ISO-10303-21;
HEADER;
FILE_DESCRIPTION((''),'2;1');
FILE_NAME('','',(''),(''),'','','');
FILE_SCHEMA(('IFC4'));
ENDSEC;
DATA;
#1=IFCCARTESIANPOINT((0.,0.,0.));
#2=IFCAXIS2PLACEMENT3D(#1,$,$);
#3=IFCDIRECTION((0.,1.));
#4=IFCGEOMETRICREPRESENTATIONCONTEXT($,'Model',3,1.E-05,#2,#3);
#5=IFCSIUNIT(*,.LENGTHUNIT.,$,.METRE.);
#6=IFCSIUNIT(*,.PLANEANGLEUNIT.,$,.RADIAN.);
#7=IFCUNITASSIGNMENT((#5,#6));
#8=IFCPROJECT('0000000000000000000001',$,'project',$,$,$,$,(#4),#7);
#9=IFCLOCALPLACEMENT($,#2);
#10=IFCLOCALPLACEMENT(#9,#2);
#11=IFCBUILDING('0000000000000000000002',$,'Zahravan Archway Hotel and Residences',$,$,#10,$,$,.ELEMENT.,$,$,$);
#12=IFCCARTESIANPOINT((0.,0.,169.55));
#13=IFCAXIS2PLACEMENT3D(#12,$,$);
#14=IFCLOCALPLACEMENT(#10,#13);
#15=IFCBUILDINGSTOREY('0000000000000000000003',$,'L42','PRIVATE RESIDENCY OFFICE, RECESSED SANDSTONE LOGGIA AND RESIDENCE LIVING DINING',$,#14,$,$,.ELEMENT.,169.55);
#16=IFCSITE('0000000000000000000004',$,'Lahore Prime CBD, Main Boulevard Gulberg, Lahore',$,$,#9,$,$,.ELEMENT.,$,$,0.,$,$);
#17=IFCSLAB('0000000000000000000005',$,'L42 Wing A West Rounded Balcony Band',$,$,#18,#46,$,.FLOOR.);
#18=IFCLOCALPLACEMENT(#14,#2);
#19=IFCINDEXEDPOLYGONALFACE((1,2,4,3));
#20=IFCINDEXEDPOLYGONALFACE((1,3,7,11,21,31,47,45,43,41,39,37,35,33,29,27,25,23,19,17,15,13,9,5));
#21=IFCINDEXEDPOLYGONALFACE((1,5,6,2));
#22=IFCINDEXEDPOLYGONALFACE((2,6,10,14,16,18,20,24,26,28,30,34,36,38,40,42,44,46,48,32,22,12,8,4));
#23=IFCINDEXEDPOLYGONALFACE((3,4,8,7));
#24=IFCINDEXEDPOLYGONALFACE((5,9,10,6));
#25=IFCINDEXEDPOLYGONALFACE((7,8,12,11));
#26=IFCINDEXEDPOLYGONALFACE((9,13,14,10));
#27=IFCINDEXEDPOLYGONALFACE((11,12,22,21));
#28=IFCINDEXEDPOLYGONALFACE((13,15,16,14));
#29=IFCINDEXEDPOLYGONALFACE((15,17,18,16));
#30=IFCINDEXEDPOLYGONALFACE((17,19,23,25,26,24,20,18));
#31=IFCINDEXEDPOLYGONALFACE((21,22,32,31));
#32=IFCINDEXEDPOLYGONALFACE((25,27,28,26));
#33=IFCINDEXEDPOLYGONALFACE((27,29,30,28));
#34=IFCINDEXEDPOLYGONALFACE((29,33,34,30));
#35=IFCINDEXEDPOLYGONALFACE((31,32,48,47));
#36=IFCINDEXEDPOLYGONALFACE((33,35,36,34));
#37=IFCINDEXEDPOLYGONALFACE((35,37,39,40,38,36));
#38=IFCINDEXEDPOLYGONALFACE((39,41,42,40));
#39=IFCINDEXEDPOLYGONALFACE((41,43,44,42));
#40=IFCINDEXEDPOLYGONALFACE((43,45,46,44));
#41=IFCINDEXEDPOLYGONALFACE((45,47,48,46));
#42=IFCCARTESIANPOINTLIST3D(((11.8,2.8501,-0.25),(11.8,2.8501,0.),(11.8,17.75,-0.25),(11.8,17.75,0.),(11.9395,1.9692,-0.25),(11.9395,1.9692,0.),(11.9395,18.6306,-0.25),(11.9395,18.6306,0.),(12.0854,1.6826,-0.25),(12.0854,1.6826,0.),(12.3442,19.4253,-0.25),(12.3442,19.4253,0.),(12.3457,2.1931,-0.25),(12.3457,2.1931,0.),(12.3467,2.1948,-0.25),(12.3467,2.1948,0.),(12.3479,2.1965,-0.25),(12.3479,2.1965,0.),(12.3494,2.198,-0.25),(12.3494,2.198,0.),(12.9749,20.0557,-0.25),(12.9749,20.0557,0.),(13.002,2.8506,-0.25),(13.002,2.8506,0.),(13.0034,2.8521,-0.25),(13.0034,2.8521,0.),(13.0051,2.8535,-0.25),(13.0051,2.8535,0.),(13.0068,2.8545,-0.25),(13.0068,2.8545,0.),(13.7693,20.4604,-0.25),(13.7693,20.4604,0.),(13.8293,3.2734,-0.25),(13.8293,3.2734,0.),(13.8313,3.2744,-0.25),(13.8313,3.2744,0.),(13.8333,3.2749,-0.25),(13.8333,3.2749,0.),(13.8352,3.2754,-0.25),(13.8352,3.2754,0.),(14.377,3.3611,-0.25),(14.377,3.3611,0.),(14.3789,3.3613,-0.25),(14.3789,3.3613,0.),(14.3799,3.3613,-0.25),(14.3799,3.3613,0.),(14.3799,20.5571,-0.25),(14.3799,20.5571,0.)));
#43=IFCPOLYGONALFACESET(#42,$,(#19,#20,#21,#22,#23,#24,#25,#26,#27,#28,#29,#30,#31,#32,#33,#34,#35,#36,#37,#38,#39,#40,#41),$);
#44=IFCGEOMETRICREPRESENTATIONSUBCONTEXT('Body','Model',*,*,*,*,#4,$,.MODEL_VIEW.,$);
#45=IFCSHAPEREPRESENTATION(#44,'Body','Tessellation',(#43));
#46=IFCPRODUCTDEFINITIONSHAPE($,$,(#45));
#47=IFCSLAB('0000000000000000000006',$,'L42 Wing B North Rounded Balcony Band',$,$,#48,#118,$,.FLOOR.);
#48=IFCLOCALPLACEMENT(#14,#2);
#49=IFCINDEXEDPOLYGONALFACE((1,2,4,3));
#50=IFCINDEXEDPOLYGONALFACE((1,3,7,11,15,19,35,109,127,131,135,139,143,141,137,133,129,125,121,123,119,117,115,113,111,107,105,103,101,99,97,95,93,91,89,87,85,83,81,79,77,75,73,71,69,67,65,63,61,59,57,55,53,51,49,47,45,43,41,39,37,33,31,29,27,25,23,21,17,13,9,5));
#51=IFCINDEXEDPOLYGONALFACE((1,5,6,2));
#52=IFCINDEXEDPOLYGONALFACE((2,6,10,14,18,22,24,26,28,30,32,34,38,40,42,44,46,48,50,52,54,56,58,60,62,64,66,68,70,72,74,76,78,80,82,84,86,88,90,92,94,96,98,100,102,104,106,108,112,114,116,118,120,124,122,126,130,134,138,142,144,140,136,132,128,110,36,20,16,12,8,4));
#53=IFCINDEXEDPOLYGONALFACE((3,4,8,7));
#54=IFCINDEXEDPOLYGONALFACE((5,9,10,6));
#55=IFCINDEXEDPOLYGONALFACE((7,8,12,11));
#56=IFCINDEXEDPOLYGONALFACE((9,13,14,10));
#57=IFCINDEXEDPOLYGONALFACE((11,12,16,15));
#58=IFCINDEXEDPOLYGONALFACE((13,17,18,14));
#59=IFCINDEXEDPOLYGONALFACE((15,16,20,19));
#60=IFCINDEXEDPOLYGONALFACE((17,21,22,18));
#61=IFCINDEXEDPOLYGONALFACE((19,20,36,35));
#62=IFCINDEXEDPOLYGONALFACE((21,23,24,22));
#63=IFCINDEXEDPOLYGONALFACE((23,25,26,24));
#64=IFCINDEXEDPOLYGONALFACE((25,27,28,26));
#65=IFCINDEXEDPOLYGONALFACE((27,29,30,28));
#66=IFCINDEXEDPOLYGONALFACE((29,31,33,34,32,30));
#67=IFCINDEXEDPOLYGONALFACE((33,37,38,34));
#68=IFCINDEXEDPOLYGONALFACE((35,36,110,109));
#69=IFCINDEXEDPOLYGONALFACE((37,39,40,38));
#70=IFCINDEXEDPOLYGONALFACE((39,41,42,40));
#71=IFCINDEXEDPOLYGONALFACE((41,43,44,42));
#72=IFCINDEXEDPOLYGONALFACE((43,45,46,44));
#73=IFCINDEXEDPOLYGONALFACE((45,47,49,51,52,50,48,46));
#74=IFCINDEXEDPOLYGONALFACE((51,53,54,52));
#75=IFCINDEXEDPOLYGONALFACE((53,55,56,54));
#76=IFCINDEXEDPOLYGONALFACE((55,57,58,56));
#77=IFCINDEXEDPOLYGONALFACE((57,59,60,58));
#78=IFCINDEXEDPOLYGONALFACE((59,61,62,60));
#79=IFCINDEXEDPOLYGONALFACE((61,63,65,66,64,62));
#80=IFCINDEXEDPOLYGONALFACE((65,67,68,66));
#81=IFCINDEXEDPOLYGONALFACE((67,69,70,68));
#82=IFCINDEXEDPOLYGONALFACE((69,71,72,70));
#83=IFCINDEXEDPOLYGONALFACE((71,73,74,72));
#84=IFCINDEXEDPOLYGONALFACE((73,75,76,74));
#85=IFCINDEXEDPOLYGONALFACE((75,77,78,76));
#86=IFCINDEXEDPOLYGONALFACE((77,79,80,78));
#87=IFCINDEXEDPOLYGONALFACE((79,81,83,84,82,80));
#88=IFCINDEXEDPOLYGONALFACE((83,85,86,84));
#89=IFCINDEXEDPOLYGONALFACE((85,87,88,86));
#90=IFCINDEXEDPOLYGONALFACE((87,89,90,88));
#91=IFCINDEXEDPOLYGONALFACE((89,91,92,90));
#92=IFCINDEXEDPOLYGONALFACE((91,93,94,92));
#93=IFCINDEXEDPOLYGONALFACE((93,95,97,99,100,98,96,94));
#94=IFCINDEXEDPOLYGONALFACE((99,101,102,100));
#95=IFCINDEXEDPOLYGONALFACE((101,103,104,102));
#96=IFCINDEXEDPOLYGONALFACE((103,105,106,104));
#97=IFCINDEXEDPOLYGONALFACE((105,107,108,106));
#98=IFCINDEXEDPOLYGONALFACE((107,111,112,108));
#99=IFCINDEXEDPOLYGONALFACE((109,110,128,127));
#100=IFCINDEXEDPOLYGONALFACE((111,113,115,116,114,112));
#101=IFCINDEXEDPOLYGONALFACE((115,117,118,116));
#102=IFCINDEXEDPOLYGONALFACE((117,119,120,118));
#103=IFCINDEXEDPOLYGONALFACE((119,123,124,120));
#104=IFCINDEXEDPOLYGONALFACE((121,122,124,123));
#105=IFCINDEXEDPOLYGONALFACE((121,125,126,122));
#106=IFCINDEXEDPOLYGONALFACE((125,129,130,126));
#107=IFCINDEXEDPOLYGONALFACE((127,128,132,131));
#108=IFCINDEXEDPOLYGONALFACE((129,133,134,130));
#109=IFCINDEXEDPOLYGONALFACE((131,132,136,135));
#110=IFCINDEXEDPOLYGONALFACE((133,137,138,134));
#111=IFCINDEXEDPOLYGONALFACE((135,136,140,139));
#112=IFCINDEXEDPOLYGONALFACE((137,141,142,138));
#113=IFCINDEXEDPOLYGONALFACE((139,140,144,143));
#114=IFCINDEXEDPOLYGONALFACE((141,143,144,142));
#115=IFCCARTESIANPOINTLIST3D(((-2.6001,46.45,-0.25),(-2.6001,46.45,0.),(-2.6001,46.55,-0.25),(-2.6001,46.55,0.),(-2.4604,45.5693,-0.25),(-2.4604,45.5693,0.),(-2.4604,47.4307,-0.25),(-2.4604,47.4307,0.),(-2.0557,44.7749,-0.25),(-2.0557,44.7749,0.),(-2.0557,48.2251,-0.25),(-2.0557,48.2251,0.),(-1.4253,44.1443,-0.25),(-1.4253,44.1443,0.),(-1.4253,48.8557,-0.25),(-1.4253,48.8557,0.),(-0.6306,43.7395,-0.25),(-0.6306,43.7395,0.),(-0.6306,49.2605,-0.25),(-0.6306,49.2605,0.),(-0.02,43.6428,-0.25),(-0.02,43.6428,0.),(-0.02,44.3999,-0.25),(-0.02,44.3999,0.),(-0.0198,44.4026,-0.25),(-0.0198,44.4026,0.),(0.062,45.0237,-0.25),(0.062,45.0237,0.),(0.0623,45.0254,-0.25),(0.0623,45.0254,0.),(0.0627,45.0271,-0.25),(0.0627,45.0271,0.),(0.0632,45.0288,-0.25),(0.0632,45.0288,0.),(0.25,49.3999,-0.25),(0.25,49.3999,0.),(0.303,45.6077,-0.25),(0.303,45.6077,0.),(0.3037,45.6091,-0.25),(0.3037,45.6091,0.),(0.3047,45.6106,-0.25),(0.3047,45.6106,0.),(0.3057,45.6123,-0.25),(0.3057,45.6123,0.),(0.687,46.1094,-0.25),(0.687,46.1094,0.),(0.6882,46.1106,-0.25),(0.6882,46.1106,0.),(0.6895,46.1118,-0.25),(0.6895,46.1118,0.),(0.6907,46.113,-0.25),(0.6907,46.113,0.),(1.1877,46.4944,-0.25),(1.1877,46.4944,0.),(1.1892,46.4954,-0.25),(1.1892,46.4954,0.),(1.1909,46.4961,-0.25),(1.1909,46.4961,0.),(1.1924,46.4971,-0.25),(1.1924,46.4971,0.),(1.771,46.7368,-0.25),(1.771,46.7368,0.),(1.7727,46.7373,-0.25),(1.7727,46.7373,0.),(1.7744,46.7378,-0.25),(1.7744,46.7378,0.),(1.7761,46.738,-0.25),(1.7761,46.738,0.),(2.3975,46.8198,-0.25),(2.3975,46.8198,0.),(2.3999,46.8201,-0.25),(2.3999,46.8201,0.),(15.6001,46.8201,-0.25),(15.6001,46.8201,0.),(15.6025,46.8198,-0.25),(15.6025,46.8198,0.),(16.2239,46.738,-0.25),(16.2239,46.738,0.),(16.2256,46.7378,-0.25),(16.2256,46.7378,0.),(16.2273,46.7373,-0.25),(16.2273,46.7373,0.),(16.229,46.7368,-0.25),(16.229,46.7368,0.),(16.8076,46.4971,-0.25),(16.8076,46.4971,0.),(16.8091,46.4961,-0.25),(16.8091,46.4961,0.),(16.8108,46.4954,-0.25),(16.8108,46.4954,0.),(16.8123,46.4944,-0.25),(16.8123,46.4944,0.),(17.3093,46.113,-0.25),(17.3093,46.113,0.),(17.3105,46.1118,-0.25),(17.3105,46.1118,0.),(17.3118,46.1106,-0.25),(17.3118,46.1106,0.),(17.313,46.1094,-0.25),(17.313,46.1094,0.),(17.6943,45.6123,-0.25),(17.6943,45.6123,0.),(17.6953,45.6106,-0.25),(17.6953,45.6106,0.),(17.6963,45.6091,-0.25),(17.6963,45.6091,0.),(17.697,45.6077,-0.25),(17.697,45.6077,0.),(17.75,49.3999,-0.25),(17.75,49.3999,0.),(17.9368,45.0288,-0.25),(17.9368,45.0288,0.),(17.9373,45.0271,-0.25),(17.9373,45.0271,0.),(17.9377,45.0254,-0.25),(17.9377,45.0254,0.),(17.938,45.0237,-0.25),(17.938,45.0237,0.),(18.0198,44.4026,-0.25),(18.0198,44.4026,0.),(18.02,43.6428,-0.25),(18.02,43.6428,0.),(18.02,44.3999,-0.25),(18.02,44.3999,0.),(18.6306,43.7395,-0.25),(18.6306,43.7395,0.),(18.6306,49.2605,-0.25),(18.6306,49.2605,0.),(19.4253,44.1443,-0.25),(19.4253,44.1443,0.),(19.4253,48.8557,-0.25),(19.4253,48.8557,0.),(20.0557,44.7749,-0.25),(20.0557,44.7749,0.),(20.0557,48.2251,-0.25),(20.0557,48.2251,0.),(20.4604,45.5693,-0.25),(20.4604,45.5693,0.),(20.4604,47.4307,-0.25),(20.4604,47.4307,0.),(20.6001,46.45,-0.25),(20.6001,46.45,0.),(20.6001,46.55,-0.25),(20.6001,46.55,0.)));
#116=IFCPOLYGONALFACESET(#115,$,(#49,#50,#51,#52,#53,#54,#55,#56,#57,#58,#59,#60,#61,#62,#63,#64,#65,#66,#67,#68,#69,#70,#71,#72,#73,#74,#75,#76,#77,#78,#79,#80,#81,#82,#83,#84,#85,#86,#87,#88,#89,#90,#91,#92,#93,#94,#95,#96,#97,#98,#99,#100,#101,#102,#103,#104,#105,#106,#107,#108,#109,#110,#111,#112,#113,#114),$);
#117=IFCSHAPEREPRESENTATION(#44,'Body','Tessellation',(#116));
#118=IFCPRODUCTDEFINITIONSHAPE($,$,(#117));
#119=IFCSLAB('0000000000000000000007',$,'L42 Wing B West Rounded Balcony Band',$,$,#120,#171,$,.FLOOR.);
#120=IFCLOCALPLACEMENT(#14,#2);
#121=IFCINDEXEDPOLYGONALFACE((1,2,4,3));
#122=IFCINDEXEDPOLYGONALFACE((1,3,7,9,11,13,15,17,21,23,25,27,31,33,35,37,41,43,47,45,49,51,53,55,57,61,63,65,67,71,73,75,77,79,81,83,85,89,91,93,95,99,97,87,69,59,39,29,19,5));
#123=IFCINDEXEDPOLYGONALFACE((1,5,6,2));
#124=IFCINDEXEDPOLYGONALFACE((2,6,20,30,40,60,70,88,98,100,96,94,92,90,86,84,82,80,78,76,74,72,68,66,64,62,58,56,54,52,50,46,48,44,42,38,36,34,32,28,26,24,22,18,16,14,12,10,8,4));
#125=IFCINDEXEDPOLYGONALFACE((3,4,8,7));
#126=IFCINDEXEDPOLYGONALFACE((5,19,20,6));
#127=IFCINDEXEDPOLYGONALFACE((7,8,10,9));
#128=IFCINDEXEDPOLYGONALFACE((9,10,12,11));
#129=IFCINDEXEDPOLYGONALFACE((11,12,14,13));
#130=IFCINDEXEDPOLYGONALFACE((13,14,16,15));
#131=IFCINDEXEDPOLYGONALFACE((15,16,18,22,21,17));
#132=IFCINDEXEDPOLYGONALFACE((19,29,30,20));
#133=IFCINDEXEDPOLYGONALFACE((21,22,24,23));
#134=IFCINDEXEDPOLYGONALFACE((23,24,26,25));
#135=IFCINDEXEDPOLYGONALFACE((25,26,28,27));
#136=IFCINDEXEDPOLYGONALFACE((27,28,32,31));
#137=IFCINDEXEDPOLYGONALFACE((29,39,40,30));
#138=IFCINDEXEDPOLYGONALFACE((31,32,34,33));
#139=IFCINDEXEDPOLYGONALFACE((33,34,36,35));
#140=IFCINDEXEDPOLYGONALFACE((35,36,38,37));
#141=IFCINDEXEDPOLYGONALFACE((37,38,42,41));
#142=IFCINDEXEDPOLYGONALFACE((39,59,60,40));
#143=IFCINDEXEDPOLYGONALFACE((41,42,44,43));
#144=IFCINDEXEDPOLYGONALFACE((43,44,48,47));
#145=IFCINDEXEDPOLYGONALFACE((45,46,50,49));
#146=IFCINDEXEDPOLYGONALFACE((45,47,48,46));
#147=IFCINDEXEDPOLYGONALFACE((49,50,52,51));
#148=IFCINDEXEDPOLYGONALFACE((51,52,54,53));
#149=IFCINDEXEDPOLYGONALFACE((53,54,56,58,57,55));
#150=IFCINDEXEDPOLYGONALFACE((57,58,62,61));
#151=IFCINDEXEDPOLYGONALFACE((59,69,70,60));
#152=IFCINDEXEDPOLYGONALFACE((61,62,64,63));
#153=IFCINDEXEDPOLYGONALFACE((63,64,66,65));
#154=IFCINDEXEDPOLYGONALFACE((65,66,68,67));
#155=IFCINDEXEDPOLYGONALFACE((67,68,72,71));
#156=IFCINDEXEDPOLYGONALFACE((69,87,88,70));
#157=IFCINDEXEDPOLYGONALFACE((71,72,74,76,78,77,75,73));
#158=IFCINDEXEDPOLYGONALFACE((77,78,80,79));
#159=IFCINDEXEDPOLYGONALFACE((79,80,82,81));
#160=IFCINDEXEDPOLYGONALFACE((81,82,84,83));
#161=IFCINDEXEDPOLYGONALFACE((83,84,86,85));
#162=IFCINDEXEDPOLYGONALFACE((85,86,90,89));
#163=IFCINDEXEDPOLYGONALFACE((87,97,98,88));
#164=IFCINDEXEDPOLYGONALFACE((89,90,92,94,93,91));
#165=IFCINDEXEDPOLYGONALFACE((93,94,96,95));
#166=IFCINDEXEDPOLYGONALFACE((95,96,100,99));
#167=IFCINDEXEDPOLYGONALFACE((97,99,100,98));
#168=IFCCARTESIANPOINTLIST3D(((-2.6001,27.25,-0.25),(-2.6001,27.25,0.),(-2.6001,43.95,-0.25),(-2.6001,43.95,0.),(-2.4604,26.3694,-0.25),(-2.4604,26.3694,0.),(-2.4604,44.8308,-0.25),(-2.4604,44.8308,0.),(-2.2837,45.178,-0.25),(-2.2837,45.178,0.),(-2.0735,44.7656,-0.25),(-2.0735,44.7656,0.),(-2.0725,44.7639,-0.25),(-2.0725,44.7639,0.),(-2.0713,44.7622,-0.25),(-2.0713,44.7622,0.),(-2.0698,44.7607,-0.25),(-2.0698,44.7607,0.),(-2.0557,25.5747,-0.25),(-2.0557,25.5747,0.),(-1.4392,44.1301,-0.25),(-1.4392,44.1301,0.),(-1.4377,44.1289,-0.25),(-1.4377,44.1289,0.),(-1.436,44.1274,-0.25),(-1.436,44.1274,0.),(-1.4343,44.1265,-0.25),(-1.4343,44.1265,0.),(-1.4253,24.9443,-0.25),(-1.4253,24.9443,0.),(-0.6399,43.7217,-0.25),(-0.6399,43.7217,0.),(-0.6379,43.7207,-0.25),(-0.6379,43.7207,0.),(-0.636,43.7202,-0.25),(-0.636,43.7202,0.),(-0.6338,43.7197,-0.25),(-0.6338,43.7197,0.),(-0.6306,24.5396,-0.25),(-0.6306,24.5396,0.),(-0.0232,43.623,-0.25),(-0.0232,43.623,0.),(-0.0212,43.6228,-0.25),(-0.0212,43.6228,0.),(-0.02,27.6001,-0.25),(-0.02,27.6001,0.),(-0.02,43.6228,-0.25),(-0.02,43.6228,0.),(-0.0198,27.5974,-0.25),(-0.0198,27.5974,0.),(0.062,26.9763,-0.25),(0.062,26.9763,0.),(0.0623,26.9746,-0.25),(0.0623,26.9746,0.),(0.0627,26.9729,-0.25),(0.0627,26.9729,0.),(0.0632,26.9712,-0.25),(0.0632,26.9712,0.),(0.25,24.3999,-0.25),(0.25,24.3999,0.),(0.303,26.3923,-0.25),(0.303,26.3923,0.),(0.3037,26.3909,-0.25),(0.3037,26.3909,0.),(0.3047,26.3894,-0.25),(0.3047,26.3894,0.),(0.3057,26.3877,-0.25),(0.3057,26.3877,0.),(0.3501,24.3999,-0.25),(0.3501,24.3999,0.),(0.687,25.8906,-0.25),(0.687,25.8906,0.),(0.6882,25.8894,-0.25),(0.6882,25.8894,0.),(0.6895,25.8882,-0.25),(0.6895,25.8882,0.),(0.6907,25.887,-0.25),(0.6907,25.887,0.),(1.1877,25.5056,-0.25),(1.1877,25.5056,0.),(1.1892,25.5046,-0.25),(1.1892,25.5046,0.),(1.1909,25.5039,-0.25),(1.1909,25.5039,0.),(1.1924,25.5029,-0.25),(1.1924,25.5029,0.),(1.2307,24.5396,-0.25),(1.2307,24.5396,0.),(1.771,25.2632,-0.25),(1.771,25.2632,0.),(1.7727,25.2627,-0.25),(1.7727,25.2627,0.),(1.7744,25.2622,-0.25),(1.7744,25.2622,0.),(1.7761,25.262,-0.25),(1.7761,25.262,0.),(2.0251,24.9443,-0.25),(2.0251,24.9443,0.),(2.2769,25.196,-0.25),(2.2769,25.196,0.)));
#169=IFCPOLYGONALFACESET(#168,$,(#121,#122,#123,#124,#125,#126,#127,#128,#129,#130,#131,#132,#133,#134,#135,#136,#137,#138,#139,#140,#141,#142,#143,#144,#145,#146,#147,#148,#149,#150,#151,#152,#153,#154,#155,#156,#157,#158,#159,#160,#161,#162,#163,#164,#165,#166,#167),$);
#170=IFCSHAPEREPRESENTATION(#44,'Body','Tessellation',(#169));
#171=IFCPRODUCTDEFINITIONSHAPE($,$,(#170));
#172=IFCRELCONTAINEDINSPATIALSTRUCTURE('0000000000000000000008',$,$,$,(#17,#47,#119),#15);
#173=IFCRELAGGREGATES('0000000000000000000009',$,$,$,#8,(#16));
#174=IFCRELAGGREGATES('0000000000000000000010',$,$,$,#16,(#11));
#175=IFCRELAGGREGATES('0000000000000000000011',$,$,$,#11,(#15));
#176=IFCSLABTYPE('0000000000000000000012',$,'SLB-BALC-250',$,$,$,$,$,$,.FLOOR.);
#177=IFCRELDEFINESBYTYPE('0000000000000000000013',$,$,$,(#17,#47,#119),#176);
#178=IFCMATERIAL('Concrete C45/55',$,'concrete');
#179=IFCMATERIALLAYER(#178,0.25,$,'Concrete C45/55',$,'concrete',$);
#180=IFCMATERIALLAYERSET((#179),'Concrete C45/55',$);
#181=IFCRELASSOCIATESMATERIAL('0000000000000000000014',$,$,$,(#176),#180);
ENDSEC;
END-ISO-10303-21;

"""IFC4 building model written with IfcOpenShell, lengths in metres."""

from ifc_helpers import new_model, si_unit, direction, frame, origin, place, context, subcontext, project, spatial, polyline, outline, extrude, material, layer, layer_set, type_object, element, save


model = new_model("IFC4")

# Units and contexts
model_context = context("Model", 3, precision=1e-05, world=origin(), true_north=direction((0.0, 1.0)))
body_context = subcontext(model_context, "Body", "Model", "MODEL_VIEW")
ifc_project = project(units=[si_unit("LENGTHUNIT", "METRE"), si_unit("PLANEANGLEUNIT", "RADIAN")], contexts=[model_context])

# Site, building, storey
site_placement = place(None, origin())
site = spatial("IfcSite", under=ifc_project, at=site_placement, Name="Lahore Prime CBD, Main Boulevard Gulberg, Lahore", CompositionType="ELEMENT", RefElevation=0.0)
building_placement = place(site_placement, origin())
building = spatial("IfcBuilding", under=site, at=building_placement, Name="Zahravan Archway Hotel and Residences", CompositionType="ELEMENT")
storey_placement = place(building_placement, frame((0.0, 0.0, 169.55)))
storey = spatial("IfcBuildingStorey", under=building, at=storey_placement, Name="L42", Description="PRIVATE RESIDENCY OFFICE, RECESSED SANDSTONE LOGGIA AND RESIDENCE LIVING DINING", CompositionType="ELEMENT", Elevation=169.55)

# Slabs
ifc_material_1 = material(Name="Concrete C45/55", Category="concrete")
ifc_layer_1 = layer(ifc_material_1, 0.25, Name="Concrete C45/55", Category="concrete")
ifc_layer_set_1 = layer_set([ifc_layer_1], Name="Concrete C45/55")
slab_type_1 = type_object("IfcSlabType", Name="SLB-BALC-250", PredefinedType="FLOOR", material=ifc_layer_set_1)
slab_1_placement = place(storey_placement, frame((0.0, 0.0, -0.25)))
element("IfcSlab", 1, at=slab_1_placement, inside=storey, type_object=slab_type_1, Name="L42 Wing A West Rounded Balcony Band", PredefinedType="FLOOR", context=body_context, shape_type="SweptSolid", body=[
    extrude(outline(polyline([(11.9395, 1.9692), (11.8, 2.8501), (11.8, 17.75), (11.9395, 18.6306), (12.3442, 19.4253), (12.9749, 20.0557), (13.7693, 20.4604), (14.3799, 20.5571), (14.3799, 3.3613), (14.3789, 3.3613), (14.377, 3.3611), (13.8352, 3.2754), (13.8333, 3.2749), (13.8313, 3.2744), (13.8293, 3.2734), (13.0068, 2.8545), (13.0051, 2.8535), (13.0034, 2.8521), (13.002, 2.8506), (12.3494, 2.198), (12.3479, 2.1965), (12.3467, 2.1948), (12.3457, 2.1931), (12.0854, 1.6826), (11.9395, 1.9692)])), origin(), (0.0, 0.0, 1.0), 0.25),
])
slab_2_placement = place(storey_placement, frame((0.0, 0.0, -0.25)))
element("IfcSlab", 2, at=slab_2_placement, inside=storey, type_object=slab_type_1, Name="L42 Wing B North Rounded Balcony Band", PredefinedType="FLOOR", context=body_context, shape_type="SweptSolid", body=[
    extrude(outline(polyline([(-0.6306, 43.7395), (-1.4253, 44.1443), (-2.0557, 44.7749), (-2.4604, 45.5693), (-2.6001, 46.45), (-2.6001, 46.55), (-2.4604, 47.4307), (-2.0557, 48.2251), (-1.4253, 48.8557), (-0.6306, 49.2605), (0.25, 49.3999), (17.75, 49.3999), (18.6306, 49.2605), (19.4253, 48.8557), (20.0557, 48.2251), (20.4604, 47.4307), (20.6001, 46.55), (20.6001, 46.45), (20.4604, 45.5693), (20.0557, 44.7749), (19.4253, 44.1443), (18.6306, 43.7395), (18.02, 43.6428), (18.02, 44.3999), (18.0198, 44.4026), (17.938, 45.0237), (17.9377, 45.0254), (17.9373, 45.0271), (17.9368, 45.0288), (17.697, 45.6077), (17.6963, 45.6091), (17.6953, 45.6106), (17.6943, 45.6123), (17.313, 46.1094), (17.3118, 46.1106), (17.3105, 46.1118), (17.3093, 46.113), (16.8123, 46.4944), (16.8108, 46.4954), (16.8091, 46.4961), (16.8076, 46.4971), (16.229, 46.7368), (16.2273, 46.7373), (16.2256, 46.7378), (16.2239, 46.738), (15.6025, 46.8198), (15.6001, 46.8201), (2.3999, 46.8201), (2.3975, 46.8198), (1.7761, 46.738), (1.7744, 46.7378), (1.7727, 46.7373), (1.771, 46.7368), (1.1924, 46.4971), (1.1909, 46.4961), (1.1892, 46.4954), (1.1877, 46.4944), (0.6907, 46.113), (0.6895, 46.1118), (0.6882, 46.1106), (0.687, 46.1094), (0.3057, 45.6123), (0.3047, 45.6106), (0.3037, 45.6091), (0.303, 45.6077), (0.0632, 45.0288), (0.0627, 45.0271), (0.0623, 45.0254), (0.062, 45.0237), (-0.0198, 44.4026), (-0.02, 44.3999), (-0.02, 43.6428), (-0.6306, 43.7395)])), origin(), (0.0, 0.0, 1.0), 0.25),
])
slab_3_placement = place(storey_placement, frame((0.0, 0.0, -0.25)))
element("IfcSlab", 3, at=slab_3_placement, inside=storey, type_object=slab_type_1, Name="L42 Wing B West Rounded Balcony Band", PredefinedType="FLOOR", context=body_context, shape_type="SweptSolid", body=[
    extrude(outline(polyline([(2.0251, 24.9443), (1.2307, 24.5396), (0.3501, 24.3999), (0.25, 24.3999), (-0.6306, 24.5396), (-1.4253, 24.9443), (-2.0557, 25.5747), (-2.4604, 26.3694), (-2.6001, 27.25), (-2.6001, 43.95), (-2.4604, 44.8308), (-2.2837, 45.178), (-2.0735, 44.7656), (-2.0725, 44.7639), (-2.0713, 44.7622), (-2.0698, 44.7607), (-1.4392, 44.1301), (-1.4377, 44.1289), (-1.436, 44.1274), (-1.4343, 44.1265), (-0.6399, 43.7217), (-0.6379, 43.7207), (-0.636, 43.7202), (-0.6338, 43.7197), (-0.0232, 43.623), (-0.0212, 43.6228), (-0.02, 43.6228), (-0.02, 27.6001), (-0.0198, 27.5974), (0.062, 26.9763), (0.0623, 26.9746), (0.0627, 26.9729), (0.0632, 26.9712), (0.303, 26.3923), (0.3037, 26.3909), (0.3047, 26.3894), (0.3057, 26.3877), (0.687, 25.8906), (0.6882, 25.8894), (0.6895, 25.8882), (0.6907, 25.887), (1.1877, 25.5056), (1.1892, 25.5046), (1.1909, 25.5039), (1.1924, 25.5029), (1.771, 25.2632), (1.7727, 25.2627), (1.7744, 25.2622), (1.7761, 25.262), (2.2769, 25.196), (2.0251, 24.9443)])), origin(), (0.0, 0.0, 1.0), 0.25),
])

save(model, "model.ifc")
